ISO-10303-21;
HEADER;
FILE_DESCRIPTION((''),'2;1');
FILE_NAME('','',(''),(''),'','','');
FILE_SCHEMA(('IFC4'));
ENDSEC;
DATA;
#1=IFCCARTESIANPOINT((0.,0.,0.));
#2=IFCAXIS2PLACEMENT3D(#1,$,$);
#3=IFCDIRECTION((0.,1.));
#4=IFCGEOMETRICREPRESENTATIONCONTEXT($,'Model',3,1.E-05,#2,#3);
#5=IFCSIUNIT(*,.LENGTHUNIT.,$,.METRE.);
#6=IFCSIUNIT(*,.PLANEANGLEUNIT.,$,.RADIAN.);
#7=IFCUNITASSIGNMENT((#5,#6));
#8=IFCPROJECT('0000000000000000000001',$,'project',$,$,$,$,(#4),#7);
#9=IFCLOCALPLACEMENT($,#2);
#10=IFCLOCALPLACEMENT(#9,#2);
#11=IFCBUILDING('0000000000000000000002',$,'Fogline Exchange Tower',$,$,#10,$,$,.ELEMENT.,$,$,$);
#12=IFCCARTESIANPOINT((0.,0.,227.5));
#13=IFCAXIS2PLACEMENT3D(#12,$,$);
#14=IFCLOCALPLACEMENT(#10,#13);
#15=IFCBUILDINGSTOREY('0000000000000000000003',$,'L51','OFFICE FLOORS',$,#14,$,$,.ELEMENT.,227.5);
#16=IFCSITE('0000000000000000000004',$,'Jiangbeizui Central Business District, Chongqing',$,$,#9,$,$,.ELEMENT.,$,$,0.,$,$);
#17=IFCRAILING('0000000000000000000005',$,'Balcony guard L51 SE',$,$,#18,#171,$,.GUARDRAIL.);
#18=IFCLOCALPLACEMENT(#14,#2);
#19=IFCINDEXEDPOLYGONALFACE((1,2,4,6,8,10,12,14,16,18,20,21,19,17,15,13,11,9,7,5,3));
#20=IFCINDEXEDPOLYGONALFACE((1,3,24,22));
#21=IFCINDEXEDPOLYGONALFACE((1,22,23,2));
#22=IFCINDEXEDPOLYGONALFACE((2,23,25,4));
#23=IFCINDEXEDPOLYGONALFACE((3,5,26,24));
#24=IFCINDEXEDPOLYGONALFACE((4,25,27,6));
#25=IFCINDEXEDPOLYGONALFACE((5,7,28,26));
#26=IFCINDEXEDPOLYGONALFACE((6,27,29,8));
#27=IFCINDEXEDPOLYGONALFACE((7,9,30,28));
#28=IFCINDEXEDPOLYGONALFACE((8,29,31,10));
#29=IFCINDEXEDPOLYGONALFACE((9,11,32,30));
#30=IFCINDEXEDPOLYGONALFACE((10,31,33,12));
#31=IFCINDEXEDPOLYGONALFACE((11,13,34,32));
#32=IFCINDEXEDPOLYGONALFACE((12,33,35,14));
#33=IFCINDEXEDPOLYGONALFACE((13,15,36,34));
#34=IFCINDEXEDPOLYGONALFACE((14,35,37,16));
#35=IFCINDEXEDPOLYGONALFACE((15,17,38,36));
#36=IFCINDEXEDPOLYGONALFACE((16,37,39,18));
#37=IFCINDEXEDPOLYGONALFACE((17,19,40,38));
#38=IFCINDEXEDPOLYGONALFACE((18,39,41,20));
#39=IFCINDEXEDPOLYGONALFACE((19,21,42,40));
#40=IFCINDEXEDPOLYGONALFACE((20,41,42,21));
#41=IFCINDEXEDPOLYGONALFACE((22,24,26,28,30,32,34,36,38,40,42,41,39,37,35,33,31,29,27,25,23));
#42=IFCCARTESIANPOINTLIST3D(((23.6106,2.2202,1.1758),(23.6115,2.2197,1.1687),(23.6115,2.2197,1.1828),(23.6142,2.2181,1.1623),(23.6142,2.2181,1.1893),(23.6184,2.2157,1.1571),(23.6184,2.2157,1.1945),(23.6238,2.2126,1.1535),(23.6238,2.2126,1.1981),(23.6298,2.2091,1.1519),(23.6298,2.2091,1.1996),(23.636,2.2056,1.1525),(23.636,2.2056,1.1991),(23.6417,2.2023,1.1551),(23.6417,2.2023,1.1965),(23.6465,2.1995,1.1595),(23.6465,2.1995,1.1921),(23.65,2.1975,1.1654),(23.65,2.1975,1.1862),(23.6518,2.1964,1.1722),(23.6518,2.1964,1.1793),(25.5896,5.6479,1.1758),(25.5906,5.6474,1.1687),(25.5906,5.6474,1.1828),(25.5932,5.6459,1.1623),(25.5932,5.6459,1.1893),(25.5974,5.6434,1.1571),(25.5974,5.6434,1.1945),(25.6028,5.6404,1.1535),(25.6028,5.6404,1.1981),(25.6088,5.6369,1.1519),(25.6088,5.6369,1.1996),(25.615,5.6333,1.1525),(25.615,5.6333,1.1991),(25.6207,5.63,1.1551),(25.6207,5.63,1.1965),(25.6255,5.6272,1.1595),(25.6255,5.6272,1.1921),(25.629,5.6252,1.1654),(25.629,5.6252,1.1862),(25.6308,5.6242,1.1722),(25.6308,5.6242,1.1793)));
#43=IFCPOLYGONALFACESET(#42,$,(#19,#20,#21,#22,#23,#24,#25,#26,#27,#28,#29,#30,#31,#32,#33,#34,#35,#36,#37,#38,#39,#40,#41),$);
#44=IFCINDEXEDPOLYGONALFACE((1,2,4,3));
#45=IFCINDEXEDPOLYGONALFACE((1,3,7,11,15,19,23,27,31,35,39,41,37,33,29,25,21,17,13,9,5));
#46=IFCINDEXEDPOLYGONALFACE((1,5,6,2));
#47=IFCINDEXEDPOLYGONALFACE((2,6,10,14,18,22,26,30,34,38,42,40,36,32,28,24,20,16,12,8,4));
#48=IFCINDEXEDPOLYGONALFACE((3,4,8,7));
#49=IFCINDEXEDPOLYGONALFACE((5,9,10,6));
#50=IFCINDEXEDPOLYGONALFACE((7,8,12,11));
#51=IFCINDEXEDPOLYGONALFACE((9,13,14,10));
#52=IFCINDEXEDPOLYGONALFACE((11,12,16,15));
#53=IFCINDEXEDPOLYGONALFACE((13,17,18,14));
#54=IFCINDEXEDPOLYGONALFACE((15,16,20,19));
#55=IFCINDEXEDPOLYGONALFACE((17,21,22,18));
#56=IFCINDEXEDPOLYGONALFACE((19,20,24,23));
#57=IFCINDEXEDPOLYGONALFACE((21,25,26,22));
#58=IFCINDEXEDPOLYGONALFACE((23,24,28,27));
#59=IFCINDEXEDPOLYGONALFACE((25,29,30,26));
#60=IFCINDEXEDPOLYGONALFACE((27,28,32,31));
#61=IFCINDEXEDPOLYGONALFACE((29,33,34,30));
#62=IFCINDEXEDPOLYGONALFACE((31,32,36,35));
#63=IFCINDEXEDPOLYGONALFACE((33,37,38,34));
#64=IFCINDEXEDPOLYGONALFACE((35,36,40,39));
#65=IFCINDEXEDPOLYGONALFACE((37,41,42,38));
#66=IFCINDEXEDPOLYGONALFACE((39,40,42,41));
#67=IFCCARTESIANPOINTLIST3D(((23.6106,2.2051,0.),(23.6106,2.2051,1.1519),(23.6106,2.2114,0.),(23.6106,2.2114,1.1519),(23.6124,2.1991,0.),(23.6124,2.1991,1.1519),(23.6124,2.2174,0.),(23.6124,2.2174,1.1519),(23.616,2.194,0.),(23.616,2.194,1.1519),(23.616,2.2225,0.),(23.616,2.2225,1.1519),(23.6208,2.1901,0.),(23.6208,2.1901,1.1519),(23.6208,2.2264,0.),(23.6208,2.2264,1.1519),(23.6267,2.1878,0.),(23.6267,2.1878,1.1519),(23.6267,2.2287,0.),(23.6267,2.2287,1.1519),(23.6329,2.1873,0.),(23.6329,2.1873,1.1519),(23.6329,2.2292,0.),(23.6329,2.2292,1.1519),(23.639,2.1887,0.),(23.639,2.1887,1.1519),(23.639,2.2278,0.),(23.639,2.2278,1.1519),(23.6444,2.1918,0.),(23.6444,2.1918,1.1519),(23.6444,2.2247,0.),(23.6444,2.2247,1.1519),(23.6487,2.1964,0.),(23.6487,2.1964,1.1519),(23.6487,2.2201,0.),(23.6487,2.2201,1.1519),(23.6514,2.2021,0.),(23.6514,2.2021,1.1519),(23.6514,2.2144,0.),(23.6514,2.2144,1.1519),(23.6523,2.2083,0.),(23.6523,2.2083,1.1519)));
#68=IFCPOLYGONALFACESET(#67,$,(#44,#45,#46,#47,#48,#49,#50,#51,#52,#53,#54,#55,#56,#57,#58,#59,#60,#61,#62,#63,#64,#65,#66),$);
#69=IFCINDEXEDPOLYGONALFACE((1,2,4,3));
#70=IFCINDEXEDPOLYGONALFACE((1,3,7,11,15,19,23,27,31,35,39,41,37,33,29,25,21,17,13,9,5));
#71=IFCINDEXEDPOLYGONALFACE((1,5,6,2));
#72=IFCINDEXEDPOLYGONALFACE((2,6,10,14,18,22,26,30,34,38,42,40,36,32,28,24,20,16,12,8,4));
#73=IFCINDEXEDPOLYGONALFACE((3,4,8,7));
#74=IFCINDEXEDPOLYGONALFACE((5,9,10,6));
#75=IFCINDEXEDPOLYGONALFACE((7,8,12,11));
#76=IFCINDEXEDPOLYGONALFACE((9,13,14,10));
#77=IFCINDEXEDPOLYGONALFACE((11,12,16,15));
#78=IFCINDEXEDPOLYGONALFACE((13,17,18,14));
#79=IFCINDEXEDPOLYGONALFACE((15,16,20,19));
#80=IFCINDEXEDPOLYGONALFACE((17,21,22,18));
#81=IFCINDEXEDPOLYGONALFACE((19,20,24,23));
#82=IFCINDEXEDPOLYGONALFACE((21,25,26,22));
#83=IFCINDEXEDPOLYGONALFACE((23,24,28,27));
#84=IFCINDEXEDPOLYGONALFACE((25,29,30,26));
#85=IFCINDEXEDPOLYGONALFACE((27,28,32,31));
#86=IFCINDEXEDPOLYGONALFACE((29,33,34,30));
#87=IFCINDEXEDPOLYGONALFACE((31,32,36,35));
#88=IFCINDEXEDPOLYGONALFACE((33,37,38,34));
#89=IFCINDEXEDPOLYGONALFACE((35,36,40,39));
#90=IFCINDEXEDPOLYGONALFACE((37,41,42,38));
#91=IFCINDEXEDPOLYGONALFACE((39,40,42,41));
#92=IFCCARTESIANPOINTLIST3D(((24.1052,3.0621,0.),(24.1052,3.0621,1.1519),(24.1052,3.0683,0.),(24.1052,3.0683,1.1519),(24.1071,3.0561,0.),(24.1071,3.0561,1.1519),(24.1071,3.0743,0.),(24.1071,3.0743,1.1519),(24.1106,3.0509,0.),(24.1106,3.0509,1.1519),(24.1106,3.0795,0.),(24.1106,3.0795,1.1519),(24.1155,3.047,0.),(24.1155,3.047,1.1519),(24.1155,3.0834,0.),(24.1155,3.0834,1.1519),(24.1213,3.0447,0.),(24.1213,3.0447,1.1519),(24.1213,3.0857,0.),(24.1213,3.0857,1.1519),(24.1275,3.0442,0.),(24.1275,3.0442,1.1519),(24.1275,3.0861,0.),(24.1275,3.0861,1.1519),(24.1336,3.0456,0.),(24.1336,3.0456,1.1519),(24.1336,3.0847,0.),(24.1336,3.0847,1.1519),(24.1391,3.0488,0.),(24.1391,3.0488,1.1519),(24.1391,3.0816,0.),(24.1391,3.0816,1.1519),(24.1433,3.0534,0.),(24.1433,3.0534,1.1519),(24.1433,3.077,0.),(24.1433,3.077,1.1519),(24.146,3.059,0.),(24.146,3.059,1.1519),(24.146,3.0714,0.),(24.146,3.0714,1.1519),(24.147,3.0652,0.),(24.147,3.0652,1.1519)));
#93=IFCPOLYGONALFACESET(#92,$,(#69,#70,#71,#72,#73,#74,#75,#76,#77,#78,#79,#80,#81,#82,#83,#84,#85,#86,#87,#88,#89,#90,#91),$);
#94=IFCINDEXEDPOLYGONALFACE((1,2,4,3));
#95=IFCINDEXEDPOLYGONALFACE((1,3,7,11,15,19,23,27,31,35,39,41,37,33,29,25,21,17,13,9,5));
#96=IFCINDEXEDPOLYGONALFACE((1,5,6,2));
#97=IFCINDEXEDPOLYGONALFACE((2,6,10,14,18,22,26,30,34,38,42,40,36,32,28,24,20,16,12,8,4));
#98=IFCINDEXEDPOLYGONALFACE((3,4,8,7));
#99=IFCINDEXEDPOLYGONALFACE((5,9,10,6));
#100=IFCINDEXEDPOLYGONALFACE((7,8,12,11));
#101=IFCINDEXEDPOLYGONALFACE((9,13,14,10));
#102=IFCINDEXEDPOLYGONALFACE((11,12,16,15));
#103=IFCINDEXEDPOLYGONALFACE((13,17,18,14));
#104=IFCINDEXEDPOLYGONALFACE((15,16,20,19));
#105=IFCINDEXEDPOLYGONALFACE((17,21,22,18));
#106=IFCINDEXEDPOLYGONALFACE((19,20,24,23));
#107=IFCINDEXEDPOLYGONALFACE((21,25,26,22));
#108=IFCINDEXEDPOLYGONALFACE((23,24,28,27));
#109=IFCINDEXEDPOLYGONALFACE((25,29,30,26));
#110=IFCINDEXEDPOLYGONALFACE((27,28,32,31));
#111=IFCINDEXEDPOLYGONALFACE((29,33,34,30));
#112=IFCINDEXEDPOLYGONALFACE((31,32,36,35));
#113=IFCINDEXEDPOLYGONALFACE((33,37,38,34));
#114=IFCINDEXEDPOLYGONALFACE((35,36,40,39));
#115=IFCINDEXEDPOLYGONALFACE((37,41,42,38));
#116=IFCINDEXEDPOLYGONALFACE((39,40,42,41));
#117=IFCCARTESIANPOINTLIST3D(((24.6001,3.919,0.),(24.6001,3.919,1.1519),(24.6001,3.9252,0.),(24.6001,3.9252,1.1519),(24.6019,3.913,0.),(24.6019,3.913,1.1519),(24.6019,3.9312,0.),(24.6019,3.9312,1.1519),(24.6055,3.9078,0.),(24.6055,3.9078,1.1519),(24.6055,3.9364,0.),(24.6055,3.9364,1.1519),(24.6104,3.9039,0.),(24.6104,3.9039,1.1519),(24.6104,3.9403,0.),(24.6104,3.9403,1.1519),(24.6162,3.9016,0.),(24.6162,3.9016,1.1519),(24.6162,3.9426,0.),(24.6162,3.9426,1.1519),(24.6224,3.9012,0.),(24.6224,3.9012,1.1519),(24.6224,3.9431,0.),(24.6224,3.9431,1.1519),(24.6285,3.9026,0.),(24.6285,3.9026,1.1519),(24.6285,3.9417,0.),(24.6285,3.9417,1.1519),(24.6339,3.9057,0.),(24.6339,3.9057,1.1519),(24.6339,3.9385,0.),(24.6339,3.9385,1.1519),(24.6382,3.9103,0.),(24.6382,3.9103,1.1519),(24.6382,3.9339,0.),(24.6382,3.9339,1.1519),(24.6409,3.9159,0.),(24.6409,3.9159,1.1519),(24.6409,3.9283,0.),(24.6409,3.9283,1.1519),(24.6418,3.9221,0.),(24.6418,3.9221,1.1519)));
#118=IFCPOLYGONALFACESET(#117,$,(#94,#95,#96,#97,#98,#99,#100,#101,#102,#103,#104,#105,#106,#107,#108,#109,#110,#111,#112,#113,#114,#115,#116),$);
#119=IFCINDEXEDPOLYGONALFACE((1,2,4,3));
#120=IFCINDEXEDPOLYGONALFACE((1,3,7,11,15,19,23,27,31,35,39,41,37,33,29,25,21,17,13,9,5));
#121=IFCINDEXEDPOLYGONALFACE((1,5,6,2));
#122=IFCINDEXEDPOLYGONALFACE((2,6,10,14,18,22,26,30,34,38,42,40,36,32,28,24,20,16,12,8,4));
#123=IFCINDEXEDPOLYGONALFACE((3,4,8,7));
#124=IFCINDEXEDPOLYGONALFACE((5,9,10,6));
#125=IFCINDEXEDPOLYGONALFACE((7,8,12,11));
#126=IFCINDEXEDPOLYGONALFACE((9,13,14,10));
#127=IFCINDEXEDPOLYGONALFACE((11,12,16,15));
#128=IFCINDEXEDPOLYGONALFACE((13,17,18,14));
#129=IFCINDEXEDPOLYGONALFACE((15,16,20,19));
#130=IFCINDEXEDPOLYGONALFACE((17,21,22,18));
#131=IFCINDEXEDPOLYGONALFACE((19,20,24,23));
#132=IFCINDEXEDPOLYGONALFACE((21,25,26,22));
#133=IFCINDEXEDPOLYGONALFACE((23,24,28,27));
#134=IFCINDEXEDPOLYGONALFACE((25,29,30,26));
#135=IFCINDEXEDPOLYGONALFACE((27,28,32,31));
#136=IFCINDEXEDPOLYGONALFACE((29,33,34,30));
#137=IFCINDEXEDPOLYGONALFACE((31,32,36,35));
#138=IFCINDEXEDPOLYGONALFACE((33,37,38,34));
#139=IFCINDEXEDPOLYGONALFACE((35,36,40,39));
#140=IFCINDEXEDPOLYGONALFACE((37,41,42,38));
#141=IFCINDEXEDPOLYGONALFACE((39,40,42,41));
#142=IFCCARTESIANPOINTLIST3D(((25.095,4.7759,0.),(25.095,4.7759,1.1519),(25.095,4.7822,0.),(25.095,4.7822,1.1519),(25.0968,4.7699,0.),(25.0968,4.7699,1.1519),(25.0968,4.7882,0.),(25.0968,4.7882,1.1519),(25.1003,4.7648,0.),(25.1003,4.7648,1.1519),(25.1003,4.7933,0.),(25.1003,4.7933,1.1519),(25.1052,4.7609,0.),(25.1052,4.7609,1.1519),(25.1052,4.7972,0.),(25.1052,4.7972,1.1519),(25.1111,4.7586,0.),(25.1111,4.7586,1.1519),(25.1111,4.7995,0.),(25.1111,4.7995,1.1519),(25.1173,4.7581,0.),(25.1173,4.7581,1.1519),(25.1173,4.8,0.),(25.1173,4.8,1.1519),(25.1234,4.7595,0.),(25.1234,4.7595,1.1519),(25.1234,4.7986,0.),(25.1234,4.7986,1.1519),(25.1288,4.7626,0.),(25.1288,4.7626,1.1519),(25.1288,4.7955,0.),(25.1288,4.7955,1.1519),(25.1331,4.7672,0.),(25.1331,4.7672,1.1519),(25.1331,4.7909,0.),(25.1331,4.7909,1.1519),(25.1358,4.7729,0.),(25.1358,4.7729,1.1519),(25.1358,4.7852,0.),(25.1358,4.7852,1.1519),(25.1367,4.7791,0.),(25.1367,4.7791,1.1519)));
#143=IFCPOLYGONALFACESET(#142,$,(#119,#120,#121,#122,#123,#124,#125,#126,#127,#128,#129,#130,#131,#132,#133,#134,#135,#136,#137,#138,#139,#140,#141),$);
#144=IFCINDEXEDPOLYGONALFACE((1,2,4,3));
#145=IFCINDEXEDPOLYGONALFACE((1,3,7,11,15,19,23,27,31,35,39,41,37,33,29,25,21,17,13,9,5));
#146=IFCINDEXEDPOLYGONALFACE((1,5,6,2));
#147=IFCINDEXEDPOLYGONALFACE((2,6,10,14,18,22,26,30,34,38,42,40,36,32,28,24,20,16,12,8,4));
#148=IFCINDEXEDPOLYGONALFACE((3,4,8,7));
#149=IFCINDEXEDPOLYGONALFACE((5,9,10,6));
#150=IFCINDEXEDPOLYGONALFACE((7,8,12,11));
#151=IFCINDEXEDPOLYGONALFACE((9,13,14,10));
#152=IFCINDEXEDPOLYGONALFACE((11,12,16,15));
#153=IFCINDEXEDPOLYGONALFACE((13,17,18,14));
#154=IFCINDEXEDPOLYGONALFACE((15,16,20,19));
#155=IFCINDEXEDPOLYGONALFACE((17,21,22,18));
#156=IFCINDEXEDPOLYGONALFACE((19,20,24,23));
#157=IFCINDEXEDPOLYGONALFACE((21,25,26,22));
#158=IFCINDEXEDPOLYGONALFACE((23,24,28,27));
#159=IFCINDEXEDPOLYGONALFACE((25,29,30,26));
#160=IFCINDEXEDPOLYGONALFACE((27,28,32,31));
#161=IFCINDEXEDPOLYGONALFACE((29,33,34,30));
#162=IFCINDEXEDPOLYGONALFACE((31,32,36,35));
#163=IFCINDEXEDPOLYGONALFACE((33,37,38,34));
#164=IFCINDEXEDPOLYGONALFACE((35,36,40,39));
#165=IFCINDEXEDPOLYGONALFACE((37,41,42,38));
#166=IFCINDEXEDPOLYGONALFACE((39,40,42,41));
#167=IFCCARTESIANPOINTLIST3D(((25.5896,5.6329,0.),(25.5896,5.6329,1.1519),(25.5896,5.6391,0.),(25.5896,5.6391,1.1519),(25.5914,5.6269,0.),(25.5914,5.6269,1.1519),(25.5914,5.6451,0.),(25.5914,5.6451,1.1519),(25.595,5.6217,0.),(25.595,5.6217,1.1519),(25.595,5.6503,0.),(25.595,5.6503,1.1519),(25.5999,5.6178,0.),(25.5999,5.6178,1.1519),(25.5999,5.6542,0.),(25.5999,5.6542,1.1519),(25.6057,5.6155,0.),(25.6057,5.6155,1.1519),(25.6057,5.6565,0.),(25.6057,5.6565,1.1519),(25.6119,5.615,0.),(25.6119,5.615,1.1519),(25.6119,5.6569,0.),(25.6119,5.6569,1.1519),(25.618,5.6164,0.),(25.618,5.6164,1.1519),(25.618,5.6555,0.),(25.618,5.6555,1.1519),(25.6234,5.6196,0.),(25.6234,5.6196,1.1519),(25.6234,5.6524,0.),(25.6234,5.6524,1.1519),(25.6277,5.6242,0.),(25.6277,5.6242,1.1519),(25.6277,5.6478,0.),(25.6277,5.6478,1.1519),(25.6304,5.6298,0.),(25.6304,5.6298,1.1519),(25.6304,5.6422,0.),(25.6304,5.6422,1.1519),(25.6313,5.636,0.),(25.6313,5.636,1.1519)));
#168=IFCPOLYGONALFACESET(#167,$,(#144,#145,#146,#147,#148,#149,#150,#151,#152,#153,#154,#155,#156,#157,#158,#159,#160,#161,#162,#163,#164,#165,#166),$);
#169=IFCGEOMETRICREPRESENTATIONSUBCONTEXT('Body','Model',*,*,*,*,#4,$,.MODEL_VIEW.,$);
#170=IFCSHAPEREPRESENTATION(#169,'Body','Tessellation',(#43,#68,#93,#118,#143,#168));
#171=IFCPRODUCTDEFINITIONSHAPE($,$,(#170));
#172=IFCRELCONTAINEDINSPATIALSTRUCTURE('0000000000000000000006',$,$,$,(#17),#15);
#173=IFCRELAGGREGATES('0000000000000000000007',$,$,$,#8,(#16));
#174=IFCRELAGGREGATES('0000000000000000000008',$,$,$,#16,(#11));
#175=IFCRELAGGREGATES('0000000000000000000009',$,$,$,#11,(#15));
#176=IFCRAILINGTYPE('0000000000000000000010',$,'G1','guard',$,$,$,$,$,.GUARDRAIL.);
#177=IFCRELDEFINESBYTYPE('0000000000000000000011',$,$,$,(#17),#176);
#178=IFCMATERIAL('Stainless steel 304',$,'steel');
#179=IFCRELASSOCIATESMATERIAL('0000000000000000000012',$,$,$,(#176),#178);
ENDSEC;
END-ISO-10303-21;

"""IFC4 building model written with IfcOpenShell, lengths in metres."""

from ifc_helpers import new_model, si_unit, direction, frame, origin, origin_2d, place, context, subcontext, project, spatial, circle, extrude, material, type_object, element, save


model = new_model("IFC4")

# Units and contexts
model_context = context("Model", 3, precision=1e-05, world=origin(), true_north=direction((0.0, 1.0)))
body_context = subcontext(model_context, "Body", "Model", "MODEL_VIEW")
ifc_project = project(units=[si_unit("LENGTHUNIT", "METRE"), si_unit("PLANEANGLEUNIT", "RADIAN")], contexts=[model_context])

# Site, building, storey
site_placement = place(None, origin())
site = spatial("IfcSite", under=ifc_project, at=site_placement, Name="Jiangbeizui Central Business District, Chongqing", CompositionType="ELEMENT", RefElevation=0.0)
building_placement = place(site_placement, origin())
building = spatial("IfcBuilding", under=site, at=building_placement, Name="Fogline Exchange Tower", CompositionType="ELEMENT")
storey_placement = place(building_placement, frame((0.0, 0.0, 227.5)))
storey = spatial("IfcBuildingStorey", under=building, at=storey_placement, Name="L51", Description="OFFICE FLOORS", CompositionType="ELEMENT", Elevation=227.5)

# Railing
ifc_material_1 = material(Name="Stainless steel 304", Category="steel")
railing_type = type_object("IfcRailingType", Name="G1", Description="guard", PredefinedType="GUARDRAIL", material=ifc_material_1)
railing_placement = place(storey_placement, frame((23.6313, 2.2083, 0.0)))
element("IfcRailing", 1, at=railing_placement, inside=storey, type_object=railing_type, Name="Balcony guard L51 SE", PredefinedType="GUARDRAIL", context=body_context, shape_type="SweptSolid", body=[
    extrude(circle(Radius=0.0239, at=origin_2d()), frame((0.0, 0.0, 1.1758), z_axis=(0.5, 0.866025, 0.0), x_axis=(-0.866025, 0.5, 0.0)), (0.0, 0.0, 1.0), 3.958),
    extrude(circle(Radius=0.021, at=origin_2d()), origin(), (0.0, 0.0, 1.0), 1.1519),
    extrude(circle(Radius=0.021, at=origin_2d()), frame((0.4946, 0.8569, 0.0)), (0.0, 0.0, 1.0), 1.1519),
    extrude(circle(Radius=0.021, at=origin_2d()), frame((0.9895, 1.7139, 0.0)), (0.0, 0.0, 1.0), 1.1519),
    extrude(circle(Radius=0.021, at=origin_2d()), frame((1.4844, 2.5708, 0.0)), (0.0, 0.0, 1.0), 1.1519),
    extrude(circle(Radius=0.021, at=origin_2d()), frame((1.979, 3.4277, 0.0)), (0.0, 0.0, 1.0), 1.1519),
])

save(model, "model.ifc")
